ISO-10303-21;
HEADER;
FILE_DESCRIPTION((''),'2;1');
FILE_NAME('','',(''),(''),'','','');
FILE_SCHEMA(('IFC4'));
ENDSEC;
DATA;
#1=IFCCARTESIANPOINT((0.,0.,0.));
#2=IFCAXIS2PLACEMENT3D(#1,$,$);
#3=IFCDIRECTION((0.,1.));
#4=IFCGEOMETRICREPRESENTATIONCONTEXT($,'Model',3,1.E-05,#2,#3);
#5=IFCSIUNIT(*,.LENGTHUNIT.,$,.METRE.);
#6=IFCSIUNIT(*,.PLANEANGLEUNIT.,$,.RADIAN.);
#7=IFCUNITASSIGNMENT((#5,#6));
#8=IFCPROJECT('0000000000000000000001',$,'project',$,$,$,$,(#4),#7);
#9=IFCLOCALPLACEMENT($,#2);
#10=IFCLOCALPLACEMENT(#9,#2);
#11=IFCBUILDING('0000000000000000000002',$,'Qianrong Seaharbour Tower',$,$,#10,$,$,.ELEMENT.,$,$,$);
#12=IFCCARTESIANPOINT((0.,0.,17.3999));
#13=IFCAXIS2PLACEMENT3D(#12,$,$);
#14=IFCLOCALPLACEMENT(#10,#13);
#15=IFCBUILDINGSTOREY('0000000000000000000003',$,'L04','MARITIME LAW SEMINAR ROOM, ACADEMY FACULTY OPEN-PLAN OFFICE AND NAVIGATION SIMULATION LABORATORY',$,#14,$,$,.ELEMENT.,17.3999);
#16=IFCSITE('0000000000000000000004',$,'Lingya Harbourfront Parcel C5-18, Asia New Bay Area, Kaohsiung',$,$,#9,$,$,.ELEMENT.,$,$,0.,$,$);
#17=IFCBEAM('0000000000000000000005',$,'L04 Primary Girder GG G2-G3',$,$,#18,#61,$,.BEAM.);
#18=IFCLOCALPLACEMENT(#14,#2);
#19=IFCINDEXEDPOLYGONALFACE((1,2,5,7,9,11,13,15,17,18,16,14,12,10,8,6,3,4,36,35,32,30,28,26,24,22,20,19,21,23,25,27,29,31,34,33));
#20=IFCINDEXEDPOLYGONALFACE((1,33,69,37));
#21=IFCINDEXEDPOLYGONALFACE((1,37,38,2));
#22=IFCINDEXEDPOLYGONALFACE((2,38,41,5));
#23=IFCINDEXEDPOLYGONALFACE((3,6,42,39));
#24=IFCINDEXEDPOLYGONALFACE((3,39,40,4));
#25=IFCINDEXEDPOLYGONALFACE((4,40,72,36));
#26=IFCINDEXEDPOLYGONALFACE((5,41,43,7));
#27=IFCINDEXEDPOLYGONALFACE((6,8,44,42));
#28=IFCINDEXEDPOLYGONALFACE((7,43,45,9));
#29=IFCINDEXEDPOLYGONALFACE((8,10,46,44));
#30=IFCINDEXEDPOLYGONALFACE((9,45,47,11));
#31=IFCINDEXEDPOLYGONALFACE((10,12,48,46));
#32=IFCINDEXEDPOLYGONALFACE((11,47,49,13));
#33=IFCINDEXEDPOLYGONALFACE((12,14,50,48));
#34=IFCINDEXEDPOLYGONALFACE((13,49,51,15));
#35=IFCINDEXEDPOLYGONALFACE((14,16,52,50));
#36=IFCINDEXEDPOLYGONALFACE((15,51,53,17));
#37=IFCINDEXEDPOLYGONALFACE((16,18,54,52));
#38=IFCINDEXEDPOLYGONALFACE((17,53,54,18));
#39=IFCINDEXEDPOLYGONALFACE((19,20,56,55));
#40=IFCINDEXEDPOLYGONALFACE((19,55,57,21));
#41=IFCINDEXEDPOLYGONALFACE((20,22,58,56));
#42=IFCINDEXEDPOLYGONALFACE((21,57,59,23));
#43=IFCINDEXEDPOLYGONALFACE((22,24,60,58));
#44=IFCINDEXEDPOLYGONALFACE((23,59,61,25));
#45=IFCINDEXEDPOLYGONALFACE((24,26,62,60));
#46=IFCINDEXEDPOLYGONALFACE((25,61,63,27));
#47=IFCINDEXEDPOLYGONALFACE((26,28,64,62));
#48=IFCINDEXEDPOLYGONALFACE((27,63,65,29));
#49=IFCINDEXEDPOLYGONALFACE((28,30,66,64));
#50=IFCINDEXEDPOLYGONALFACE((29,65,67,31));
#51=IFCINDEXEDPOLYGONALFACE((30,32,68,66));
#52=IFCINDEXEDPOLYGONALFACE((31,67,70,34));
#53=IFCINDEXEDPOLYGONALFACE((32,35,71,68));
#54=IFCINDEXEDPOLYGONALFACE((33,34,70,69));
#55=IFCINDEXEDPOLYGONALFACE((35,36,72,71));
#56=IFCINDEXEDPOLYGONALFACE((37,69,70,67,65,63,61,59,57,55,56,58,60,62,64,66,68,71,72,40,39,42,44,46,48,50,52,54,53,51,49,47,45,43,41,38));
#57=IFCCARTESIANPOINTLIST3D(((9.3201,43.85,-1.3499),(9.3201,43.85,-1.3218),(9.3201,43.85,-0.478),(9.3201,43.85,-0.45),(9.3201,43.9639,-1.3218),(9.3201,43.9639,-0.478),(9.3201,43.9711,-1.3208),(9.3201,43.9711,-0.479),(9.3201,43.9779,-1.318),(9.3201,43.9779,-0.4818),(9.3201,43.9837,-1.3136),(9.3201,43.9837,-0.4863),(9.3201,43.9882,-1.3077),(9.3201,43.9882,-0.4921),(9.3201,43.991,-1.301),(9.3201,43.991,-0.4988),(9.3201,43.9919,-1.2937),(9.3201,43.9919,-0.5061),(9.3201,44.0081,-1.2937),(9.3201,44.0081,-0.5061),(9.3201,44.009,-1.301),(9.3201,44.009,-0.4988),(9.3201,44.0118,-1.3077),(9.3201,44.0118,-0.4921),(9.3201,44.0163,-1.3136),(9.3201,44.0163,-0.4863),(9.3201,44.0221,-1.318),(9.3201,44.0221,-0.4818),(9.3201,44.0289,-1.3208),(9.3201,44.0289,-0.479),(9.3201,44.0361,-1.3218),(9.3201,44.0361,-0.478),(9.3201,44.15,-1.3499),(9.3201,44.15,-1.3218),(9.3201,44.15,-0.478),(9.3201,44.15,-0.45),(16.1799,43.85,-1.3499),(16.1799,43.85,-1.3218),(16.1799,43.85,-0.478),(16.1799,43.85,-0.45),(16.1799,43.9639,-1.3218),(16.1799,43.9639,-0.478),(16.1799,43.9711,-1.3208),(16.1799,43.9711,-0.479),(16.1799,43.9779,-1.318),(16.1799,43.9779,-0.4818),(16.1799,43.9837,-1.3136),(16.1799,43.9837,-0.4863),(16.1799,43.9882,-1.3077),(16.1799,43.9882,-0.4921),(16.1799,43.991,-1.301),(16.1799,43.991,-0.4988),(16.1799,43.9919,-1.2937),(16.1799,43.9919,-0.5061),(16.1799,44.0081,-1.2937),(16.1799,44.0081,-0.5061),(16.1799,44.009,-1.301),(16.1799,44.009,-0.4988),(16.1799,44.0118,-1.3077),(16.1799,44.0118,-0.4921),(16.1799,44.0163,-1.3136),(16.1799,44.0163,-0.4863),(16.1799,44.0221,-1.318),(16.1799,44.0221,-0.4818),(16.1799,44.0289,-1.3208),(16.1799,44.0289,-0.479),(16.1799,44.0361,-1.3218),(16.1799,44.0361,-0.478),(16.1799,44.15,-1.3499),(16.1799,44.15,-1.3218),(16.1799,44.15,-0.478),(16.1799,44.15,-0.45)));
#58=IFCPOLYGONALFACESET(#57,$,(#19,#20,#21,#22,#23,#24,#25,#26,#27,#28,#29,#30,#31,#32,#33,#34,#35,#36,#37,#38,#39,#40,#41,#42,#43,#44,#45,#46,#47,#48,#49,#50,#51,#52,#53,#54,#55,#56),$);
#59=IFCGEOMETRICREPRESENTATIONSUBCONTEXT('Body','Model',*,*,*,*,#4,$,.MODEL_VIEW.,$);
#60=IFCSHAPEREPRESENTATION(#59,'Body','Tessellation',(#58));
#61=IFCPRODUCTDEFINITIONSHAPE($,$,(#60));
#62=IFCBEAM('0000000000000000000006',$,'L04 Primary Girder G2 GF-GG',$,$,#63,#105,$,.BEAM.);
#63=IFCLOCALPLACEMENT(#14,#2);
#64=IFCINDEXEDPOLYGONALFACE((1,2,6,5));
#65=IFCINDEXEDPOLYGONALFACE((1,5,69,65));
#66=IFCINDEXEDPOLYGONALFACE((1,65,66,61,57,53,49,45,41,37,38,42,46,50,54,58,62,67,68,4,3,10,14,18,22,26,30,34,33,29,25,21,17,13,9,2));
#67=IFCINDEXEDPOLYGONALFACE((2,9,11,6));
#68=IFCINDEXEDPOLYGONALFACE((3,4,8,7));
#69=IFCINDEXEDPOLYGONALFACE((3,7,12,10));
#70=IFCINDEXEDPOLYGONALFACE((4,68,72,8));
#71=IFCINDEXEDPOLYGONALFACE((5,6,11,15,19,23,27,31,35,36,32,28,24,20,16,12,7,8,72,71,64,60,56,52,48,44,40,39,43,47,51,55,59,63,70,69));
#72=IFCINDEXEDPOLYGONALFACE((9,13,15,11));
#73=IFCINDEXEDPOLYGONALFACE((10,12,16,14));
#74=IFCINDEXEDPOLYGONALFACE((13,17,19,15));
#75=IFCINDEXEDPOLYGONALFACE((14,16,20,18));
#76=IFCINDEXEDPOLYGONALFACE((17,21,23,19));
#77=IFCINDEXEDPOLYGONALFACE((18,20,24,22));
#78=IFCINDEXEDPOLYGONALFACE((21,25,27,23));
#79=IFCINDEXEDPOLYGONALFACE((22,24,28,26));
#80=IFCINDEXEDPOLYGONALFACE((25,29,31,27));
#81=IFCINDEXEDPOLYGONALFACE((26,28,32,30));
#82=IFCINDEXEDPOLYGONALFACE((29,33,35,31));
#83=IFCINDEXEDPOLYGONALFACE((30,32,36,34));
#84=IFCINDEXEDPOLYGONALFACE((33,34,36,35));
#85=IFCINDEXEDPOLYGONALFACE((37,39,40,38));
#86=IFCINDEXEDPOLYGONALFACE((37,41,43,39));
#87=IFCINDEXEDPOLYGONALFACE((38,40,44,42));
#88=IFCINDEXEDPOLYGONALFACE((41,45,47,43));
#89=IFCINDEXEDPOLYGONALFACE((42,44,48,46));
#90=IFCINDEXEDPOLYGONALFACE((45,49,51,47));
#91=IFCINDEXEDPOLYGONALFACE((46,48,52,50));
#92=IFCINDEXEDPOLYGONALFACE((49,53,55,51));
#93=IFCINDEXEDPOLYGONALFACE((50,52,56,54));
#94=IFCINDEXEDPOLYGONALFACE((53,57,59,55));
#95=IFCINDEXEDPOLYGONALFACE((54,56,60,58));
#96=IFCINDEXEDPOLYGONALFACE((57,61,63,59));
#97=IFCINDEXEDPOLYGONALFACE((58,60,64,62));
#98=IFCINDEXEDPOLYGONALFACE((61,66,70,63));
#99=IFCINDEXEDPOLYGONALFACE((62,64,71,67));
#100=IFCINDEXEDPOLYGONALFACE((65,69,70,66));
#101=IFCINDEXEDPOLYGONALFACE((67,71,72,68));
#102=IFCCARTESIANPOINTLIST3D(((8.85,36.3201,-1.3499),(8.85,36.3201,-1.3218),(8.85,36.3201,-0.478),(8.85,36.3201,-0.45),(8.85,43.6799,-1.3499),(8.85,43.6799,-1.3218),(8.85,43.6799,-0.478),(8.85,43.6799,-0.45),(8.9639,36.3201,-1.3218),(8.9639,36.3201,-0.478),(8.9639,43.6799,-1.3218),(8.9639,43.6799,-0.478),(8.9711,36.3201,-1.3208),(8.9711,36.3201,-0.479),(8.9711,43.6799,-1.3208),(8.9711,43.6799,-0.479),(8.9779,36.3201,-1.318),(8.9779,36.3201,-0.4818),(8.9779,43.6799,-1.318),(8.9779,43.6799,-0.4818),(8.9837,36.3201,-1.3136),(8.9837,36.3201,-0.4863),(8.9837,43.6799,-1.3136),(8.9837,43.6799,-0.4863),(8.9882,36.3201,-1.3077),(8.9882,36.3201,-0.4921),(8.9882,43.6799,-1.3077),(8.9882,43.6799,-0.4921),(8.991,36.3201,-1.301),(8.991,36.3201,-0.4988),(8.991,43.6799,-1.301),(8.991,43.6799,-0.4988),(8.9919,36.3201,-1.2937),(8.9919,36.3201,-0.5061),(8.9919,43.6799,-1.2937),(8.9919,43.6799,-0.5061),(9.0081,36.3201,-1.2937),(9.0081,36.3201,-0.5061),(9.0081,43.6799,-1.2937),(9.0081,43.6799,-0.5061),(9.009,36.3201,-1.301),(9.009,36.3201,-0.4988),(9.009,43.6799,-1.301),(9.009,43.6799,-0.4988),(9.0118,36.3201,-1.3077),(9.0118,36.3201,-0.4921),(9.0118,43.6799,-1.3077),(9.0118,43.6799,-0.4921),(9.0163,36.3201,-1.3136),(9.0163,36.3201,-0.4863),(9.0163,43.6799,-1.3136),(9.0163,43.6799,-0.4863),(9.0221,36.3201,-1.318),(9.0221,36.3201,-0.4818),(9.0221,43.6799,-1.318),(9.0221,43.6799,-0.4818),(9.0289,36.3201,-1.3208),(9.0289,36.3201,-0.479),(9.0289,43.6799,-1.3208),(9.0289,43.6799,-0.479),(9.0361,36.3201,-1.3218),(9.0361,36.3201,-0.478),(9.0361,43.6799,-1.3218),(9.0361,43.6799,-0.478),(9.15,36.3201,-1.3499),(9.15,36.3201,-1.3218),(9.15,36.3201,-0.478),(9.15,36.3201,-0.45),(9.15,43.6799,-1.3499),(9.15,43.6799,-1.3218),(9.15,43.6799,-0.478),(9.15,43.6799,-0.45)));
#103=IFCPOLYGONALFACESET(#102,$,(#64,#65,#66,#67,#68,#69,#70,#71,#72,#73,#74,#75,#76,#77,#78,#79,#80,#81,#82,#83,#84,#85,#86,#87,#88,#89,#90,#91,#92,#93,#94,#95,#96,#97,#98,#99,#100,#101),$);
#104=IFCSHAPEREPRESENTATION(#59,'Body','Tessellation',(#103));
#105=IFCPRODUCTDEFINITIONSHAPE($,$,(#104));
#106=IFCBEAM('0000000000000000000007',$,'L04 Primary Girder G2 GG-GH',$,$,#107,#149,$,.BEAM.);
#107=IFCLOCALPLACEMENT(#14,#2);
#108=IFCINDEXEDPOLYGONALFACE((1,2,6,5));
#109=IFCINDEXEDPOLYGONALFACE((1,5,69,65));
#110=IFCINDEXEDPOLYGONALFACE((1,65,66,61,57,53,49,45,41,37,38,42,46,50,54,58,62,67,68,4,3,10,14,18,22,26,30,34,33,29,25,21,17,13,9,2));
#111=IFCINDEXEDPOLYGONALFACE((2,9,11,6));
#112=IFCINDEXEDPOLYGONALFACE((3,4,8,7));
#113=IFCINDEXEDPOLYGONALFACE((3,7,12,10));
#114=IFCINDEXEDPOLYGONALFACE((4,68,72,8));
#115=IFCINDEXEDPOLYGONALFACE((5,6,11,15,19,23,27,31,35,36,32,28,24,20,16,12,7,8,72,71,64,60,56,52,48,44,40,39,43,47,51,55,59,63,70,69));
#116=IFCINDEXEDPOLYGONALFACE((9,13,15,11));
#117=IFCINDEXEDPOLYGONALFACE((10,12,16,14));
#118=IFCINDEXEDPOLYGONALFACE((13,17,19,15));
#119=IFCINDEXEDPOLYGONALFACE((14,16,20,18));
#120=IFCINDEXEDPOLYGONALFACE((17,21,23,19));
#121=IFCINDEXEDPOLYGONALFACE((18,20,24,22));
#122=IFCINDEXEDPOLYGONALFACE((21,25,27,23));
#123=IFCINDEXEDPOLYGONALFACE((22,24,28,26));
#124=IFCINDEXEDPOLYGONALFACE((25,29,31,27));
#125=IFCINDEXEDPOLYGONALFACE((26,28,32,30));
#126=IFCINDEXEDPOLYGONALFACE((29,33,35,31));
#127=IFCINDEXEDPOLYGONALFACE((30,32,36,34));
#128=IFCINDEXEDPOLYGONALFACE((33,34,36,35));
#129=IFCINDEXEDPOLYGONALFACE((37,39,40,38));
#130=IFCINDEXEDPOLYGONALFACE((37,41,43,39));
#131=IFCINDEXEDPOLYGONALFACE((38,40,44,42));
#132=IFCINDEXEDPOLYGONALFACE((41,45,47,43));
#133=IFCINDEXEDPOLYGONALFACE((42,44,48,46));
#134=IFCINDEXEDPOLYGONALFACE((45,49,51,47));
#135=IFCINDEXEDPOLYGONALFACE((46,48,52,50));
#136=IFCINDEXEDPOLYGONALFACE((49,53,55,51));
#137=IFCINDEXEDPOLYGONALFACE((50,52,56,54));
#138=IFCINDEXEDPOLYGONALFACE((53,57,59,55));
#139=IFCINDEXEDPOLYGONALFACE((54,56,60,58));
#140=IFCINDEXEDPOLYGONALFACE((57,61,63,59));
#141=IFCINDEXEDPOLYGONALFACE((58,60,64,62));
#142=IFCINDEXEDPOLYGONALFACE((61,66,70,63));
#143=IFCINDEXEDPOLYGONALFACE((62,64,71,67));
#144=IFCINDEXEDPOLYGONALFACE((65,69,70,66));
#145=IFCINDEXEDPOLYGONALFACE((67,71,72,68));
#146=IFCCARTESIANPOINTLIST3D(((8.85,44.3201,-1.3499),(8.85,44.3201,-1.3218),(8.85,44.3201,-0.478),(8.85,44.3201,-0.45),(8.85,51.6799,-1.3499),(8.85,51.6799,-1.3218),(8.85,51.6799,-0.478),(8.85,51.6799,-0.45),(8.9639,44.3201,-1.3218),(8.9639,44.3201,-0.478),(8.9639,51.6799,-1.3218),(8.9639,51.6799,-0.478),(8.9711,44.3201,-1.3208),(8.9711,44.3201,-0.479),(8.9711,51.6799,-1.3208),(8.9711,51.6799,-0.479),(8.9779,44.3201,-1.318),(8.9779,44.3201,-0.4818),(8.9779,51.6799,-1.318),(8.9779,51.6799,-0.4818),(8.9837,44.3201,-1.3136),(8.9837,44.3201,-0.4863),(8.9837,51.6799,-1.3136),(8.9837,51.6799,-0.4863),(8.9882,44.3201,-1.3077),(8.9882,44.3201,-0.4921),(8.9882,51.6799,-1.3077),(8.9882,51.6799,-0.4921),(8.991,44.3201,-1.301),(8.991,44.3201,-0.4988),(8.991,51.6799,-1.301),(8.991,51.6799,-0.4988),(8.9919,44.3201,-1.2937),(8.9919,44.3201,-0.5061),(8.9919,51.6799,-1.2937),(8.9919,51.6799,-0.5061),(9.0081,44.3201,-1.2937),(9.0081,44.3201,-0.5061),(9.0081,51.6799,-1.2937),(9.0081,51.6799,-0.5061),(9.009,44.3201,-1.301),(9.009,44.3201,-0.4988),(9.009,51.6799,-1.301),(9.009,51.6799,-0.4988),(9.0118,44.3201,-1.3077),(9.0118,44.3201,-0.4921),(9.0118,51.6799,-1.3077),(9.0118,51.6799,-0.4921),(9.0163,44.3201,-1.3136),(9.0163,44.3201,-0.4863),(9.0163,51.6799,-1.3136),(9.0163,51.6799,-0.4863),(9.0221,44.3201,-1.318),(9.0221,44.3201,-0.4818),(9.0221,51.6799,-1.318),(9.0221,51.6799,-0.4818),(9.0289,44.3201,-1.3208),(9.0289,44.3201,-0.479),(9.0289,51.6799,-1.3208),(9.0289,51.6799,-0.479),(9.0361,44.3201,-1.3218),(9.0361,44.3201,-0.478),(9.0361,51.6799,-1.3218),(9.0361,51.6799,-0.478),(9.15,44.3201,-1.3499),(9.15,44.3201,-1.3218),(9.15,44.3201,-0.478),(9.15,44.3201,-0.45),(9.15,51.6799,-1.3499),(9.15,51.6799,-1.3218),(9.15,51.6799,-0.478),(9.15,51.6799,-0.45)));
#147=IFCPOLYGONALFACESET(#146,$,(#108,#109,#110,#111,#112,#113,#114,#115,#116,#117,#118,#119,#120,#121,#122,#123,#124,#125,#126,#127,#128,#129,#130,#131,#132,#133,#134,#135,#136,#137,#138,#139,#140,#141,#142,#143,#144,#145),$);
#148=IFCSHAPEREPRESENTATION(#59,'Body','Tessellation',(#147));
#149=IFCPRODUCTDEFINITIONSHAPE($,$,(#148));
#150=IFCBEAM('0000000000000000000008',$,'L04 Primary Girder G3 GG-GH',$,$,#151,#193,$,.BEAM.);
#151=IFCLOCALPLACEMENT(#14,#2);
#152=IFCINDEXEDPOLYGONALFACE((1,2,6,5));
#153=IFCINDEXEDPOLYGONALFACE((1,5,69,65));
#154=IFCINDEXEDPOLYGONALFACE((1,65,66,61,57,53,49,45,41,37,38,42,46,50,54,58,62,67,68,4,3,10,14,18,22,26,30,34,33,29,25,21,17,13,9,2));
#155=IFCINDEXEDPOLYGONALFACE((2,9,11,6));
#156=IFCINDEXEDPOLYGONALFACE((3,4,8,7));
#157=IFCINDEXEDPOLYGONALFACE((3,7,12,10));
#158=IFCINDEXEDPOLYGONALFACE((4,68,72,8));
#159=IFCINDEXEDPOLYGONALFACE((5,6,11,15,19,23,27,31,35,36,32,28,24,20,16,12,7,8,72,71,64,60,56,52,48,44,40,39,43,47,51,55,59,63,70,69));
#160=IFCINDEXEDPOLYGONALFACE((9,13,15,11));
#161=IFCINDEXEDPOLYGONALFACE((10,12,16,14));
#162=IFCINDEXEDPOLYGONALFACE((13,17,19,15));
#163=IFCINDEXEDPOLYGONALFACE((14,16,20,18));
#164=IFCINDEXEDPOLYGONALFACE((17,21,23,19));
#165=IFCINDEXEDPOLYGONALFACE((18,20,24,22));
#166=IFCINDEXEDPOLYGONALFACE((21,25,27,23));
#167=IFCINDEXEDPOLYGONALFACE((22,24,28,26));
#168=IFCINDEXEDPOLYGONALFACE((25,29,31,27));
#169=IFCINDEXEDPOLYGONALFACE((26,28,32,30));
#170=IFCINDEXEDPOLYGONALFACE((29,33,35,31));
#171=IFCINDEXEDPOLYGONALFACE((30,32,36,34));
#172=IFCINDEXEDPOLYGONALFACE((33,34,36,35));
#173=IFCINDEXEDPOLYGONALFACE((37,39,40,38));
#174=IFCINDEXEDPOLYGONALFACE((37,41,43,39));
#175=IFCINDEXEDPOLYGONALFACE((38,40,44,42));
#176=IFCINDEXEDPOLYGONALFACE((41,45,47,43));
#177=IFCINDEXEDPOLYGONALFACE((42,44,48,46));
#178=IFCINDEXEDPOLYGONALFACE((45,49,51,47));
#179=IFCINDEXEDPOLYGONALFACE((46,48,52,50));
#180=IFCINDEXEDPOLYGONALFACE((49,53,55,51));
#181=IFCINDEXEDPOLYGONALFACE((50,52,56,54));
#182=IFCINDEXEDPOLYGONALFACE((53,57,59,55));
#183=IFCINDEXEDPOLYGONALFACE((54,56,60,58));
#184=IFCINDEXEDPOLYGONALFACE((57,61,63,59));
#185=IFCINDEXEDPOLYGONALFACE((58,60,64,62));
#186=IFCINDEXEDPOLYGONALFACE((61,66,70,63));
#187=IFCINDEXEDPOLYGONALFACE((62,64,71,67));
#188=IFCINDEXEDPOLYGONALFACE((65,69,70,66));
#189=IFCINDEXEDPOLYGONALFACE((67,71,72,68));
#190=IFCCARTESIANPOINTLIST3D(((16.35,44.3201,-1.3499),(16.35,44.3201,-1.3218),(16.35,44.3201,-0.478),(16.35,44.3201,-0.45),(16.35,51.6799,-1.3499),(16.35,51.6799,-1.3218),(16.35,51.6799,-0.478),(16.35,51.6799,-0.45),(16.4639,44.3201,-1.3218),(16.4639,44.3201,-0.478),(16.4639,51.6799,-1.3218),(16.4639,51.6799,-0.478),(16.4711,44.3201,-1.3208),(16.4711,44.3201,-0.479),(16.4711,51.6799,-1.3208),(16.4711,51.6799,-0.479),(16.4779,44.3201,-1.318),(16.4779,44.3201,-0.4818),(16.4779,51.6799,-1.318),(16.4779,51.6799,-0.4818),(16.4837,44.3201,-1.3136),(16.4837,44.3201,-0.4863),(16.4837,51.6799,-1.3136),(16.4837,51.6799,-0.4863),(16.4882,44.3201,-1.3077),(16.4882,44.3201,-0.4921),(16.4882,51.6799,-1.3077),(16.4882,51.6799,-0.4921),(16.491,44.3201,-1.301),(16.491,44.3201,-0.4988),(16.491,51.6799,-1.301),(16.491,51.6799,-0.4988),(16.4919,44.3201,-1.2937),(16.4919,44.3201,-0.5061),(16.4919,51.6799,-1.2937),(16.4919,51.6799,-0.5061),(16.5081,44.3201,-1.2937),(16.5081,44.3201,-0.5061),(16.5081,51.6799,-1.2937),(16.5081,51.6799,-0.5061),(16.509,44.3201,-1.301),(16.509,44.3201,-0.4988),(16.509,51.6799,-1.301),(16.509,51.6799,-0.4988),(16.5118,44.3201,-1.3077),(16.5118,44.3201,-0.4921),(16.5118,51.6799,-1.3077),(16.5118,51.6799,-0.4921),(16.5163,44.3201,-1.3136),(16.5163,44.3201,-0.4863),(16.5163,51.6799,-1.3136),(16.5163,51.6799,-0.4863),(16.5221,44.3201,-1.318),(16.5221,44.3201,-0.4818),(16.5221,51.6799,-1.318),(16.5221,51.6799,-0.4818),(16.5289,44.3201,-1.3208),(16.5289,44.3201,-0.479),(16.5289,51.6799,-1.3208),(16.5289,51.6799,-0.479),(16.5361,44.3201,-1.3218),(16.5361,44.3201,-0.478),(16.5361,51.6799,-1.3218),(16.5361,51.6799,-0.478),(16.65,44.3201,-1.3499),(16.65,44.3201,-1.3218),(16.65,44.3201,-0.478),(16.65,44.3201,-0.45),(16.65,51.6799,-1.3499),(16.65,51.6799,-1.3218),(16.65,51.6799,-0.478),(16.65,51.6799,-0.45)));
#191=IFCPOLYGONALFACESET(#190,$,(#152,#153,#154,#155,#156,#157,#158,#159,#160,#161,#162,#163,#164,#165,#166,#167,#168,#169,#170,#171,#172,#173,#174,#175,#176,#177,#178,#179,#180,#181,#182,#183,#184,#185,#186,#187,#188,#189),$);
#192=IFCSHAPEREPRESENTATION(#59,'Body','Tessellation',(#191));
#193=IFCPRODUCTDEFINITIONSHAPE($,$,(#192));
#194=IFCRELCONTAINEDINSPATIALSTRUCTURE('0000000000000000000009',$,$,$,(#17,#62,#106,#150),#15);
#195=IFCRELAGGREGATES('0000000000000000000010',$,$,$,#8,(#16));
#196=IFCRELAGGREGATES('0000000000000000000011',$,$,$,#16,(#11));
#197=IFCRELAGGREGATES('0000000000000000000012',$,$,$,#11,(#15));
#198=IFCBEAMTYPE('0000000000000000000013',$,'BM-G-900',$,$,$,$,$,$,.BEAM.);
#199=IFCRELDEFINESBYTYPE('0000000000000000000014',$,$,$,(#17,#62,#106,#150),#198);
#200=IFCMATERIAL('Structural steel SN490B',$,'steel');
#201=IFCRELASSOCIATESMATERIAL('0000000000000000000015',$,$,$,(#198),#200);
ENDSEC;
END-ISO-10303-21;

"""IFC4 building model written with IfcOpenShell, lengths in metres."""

from ifc_helpers import new_model, si_unit, direction, frame, origin, origin_2d, place, context, subcontext, project, spatial, i_section, extrude, material, material_profile, profile_set, type_object, element, save


model = new_model("IFC4")

# Units and contexts
model_context = context("Model", 3, precision=1e-05, world=origin(), true_north=direction((0.0, 1.0)))
body_context = subcontext(model_context, "Body", "Model", "MODEL_VIEW")
ifc_project = project(units=[si_unit("LENGTHUNIT", "METRE"), si_unit("PLANEANGLEUNIT", "RADIAN")], contexts=[model_context])

# Site, building, storey
site_placement = place(None, origin())
site = spatial("IfcSite", under=ifc_project, at=site_placement, Name="Lingya Harbourfront Parcel C5-18, Asia New Bay Area, Kaohsiung", CompositionType="ELEMENT", RefElevation=0.0)
building_placement = place(site_placement, origin())
building = spatial("IfcBuilding", under=site, at=building_placement, Name="Qianrong Seaharbour Tower", CompositionType="ELEMENT")
storey_placement = place(building_placement, frame((0.0, 0.0, 17.3999)))
storey = spatial("IfcBuildingStorey", under=building, at=storey_placement, Name="L04", Description="MARITIME LAW SEMINAR ROOM, ACADEMY FACULTY OPEN-PLAN OFFICE AND NAVIGATION SIMULATION LABORATORY", CompositionType="ELEMENT", Elevation=17.3999)

# Shared definitions
ifc_material_1 = material(Name="Structural steel SN490B", Category="steel")

# Beams
ifc_material_profile_1 = material_profile(ifc_material_1, i_section(OverallWidth=0.3, OverallDepth=0.8999, WebThickness=0.0161, FlangeThickness=0.0281, FilletRadius=0.0281, at=origin_2d()), Name="H900x300x16x28")
ifc_profile_set_1 = profile_set([ifc_material_profile_1], Name="Structural steel SN490B")
beam_type_1 = type_object("IfcBeamType", Name="BM-G-900", PredefinedType="BEAM", material=ifc_profile_set_1)
beam_1_placement = place(storey_placement, frame((9.3201, 44.0, -0.8999), z_axis=(1.0, 0.0, 0.0), x_axis=(0.0, 1.0, 0.0)))
element("IfcBeam", 1, at=beam_1_placement, inside=storey, type_object=beam_type_1, Name="L04 Primary Girder GG G2-G3", PredefinedType="BEAM", context=body_context, shape_type="SweptSolid", body=[
    extrude(i_section(OverallWidth=0.3, OverallDepth=0.8999, WebThickness=0.0161, FlangeThickness=0.0281, FilletRadius=0.0281, at=origin_2d()), origin(), (0.0, 0.0, 1.0), 6.8599),
])
for number, where, z_axis, x_axis, name in (
    (2, (9.0, 36.3201, -0.8999), (0.0, 1.0, 0.0), (-1.0, 0.0, 0.0), "L04 Primary Girder G2 GF-GG"),
    (3, (9.0, 44.3201, -0.8999), (0.0, 1.0, 0.0), (-1.0, 0.0, 0.0), "L04 Primary Girder G2 GG-GH"),
    (4, (16.5, 44.3201, -0.8999), (0.0, 1.0, 0.0), (-1.0, 0.0, 0.0), "L04 Primary Girder G3 GG-GH"),
):
    element("IfcBeam", number, at=place(storey_placement, frame(where, z_axis=z_axis, x_axis=x_axis)), inside=storey, type_object=beam_type_1, Name=name, PredefinedType="BEAM", context=body_context, shape_type="SweptSolid", body=[
        extrude(i_section(OverallWidth=0.3, OverallDepth=0.8999, WebThickness=0.0161, FlangeThickness=0.0281, FilletRadius=0.0281, at=origin_2d()), origin(), (0.0, 0.0, 1.0), 7.3599),
    ])

save(model, "model.ifc")
